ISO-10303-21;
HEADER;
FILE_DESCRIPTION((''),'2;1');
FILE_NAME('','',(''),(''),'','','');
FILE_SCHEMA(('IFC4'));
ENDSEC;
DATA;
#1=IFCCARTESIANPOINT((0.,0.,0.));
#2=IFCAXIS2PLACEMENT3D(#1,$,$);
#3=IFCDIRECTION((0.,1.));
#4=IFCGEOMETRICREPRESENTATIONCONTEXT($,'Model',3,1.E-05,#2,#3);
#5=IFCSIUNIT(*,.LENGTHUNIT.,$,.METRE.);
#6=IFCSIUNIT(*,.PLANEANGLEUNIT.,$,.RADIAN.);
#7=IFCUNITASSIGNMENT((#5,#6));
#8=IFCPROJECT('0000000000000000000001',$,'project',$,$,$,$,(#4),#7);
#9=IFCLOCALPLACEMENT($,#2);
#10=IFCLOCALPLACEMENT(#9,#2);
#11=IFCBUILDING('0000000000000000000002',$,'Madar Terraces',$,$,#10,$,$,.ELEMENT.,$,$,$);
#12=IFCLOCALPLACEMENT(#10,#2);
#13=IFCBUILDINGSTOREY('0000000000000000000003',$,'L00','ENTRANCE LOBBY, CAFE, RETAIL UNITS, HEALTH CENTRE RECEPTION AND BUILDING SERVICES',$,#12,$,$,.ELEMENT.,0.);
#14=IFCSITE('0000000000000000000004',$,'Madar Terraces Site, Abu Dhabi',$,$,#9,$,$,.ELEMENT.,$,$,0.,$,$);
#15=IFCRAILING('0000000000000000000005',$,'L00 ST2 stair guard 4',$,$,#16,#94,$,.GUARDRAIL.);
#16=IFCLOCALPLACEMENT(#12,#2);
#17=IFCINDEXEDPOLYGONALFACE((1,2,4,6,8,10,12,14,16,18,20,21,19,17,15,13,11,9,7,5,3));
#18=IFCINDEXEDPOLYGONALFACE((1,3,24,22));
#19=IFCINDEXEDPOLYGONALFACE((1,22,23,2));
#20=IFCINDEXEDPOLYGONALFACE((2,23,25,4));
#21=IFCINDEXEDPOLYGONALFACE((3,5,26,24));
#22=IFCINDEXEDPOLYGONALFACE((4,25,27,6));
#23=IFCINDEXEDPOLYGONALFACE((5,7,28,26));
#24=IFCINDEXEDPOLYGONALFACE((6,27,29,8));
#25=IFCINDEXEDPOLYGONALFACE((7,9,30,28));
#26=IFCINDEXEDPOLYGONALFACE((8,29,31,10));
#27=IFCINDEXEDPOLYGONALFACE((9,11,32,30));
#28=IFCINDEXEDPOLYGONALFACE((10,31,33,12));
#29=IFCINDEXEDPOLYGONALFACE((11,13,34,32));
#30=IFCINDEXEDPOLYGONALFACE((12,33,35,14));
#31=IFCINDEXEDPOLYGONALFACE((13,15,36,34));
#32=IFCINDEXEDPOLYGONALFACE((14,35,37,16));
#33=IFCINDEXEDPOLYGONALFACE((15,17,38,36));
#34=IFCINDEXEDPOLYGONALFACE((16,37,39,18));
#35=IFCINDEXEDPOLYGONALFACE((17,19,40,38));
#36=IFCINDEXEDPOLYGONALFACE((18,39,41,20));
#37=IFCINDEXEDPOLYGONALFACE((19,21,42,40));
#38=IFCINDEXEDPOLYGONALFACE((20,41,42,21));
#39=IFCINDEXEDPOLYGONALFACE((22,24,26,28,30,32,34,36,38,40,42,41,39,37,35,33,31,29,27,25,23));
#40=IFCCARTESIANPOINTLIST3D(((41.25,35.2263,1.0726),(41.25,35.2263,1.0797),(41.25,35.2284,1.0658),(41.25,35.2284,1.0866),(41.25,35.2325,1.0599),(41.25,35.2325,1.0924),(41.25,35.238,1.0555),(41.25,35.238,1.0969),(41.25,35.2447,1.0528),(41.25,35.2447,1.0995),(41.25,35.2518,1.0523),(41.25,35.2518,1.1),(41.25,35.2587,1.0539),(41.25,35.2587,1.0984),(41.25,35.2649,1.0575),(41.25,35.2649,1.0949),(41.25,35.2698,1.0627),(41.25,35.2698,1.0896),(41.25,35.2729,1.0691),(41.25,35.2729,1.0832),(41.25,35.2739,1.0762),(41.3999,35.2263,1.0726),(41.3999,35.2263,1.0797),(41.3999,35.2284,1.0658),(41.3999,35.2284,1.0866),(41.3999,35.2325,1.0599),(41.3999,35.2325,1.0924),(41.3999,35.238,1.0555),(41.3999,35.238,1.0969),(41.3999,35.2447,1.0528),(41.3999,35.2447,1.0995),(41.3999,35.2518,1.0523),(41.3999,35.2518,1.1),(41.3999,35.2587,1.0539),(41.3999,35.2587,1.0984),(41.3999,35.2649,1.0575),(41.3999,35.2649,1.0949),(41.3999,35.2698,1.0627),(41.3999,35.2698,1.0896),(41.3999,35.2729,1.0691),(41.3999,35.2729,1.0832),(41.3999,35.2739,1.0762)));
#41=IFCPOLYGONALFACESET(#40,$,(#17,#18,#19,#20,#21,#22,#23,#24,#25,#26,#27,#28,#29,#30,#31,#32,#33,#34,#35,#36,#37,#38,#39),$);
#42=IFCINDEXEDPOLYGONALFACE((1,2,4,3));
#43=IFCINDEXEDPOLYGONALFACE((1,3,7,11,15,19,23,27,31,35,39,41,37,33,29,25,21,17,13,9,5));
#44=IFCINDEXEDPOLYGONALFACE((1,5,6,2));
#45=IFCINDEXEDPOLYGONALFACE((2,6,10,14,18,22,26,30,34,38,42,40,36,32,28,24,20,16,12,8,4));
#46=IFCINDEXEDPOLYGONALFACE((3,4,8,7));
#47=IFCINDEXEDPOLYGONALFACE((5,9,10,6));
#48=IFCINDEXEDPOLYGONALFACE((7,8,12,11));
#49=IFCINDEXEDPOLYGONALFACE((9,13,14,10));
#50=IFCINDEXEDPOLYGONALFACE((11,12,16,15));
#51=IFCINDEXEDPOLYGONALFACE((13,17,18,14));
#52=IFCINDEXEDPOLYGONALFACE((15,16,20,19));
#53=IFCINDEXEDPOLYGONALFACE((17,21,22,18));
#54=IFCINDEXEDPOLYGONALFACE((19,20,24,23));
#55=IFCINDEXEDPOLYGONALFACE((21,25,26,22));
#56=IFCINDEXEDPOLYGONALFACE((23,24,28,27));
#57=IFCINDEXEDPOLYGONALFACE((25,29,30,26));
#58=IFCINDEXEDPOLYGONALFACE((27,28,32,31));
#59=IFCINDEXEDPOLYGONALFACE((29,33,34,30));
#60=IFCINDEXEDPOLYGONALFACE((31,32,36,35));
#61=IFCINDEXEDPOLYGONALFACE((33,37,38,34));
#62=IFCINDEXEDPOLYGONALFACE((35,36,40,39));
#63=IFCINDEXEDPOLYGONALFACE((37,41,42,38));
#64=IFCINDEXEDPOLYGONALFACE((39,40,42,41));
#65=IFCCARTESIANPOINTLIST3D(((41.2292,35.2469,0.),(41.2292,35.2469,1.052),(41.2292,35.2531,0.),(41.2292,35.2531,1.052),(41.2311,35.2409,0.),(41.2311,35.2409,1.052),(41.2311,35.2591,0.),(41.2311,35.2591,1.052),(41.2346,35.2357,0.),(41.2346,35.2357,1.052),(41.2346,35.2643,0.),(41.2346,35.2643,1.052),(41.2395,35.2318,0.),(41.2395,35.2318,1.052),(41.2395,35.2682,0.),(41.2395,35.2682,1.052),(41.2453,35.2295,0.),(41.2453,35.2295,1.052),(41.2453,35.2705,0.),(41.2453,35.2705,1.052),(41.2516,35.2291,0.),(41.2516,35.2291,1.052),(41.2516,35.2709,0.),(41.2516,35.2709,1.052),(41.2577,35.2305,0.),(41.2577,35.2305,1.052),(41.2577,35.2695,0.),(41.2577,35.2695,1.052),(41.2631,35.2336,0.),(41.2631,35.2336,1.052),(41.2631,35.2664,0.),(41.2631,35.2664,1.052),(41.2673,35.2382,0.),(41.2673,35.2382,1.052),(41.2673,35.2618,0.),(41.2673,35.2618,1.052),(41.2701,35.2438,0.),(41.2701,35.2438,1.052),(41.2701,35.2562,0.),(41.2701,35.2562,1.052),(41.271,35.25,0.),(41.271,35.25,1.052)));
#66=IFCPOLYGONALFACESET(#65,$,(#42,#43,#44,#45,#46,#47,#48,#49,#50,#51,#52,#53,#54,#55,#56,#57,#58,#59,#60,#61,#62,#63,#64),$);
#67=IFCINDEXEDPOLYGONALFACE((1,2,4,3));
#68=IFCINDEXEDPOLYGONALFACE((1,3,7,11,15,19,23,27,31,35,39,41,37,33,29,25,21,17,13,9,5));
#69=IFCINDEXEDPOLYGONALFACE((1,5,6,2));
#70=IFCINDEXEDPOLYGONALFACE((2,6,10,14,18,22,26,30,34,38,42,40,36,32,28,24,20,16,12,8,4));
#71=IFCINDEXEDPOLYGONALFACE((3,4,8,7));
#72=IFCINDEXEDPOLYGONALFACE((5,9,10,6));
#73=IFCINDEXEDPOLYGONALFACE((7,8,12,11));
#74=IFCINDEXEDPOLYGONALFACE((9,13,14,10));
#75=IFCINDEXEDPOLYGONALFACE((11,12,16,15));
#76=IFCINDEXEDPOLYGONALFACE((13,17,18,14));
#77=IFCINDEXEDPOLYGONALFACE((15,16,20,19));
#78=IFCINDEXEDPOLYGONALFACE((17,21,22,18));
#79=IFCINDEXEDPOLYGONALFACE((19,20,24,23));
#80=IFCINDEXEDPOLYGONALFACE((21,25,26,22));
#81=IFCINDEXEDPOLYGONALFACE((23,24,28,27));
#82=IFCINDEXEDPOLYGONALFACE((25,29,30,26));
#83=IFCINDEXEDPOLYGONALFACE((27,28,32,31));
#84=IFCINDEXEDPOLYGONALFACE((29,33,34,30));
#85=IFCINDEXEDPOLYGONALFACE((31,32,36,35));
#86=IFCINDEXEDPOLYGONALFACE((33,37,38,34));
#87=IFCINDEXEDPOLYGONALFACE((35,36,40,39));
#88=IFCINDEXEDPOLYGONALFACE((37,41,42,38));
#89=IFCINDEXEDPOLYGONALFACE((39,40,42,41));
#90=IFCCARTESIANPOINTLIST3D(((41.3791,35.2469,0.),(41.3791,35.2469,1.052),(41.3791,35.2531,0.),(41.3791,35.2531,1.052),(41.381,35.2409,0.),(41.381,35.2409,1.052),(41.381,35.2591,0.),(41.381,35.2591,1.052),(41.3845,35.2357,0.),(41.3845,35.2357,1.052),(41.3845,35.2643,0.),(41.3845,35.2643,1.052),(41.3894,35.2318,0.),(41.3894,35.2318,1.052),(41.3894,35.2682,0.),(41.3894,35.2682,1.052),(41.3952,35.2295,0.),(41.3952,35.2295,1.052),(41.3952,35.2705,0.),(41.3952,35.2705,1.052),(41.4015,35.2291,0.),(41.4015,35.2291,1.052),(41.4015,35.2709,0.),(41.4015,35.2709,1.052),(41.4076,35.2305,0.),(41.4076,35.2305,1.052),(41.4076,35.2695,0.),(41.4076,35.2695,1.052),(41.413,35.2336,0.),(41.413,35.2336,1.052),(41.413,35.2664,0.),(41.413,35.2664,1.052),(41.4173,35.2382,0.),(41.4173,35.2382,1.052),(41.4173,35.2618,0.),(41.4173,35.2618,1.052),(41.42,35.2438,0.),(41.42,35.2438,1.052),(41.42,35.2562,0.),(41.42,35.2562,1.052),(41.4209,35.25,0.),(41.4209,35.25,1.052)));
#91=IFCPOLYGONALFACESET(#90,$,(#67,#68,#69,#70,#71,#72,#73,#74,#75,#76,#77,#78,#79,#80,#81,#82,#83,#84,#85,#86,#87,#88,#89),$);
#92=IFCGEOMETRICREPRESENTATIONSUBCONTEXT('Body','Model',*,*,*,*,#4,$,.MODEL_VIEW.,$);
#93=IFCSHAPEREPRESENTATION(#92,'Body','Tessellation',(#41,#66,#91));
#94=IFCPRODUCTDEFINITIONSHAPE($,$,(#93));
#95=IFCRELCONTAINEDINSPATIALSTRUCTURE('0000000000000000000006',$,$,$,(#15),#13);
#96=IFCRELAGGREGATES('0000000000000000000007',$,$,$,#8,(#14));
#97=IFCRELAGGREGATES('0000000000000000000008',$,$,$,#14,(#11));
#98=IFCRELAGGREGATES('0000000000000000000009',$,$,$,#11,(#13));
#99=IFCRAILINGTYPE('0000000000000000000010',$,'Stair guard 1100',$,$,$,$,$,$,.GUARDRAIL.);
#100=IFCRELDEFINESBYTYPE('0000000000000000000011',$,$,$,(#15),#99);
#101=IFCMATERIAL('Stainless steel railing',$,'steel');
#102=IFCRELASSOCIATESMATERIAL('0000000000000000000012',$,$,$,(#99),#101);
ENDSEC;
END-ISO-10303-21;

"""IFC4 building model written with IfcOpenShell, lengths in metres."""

from ifc_helpers import new_model, si_unit, direction, frame, origin, origin_2d, place, context, subcontext, project, spatial, circle, extrude, material, type_object, element, save


model = new_model("IFC4")

# Units and contexts
model_context = context("Model", 3, precision=1e-05, world=origin(), true_north=direction((0.0, 1.0)))
body_context = subcontext(model_context, "Body", "Model", "MODEL_VIEW")
ifc_project = project(units=[si_unit("LENGTHUNIT", "METRE"), si_unit("PLANEANGLEUNIT", "RADIAN")], contexts=[model_context])

# Site, building, storey
site_placement = place(None, origin())
site = spatial("IfcSite", under=ifc_project, at=site_placement, Name="Madar Terraces Site, Abu Dhabi", CompositionType="ELEMENT", RefElevation=0.0)
building_placement = place(site_placement, origin())
building = spatial("IfcBuilding", under=site, at=building_placement, Name="Madar Terraces", CompositionType="ELEMENT")
storey_placement = place(building_placement, origin())
storey = spatial("IfcBuildingStorey", under=building, at=storey_placement, Name="L00", Description="ENTRANCE LOBBY, CAFE, RETAIL UNITS, HEALTH CENTRE RECEPTION AND BUILDING SERVICES", CompositionType="ELEMENT", Elevation=0.0)

# Railing
ifc_material_1 = material(Name="Stainless steel railing", Category="steel")
railing_type_1 = type_object("IfcRailingType", Name="Stair guard 1100", PredefinedType="GUARDRAIL", material=ifc_material_1)
railing_1_placement = place(storey_placement, frame((41.25, 35.25, 0.0)))
element("IfcRailing", 1, at=railing_1_placement, inside=storey, type_object=railing_type_1, Name="L00 ST2 stair guard 4", PredefinedType="GUARDRAIL", context=body_context, shape_type="SweptSolid", body=[
    extrude(circle(Radius=0.0239, at=origin_2d()), frame((0.0, 0.0, 1.0762), z_axis=(1.0, 0.0, 0.0), x_axis=(0.0, 1.0, 0.0)), (0.0, 0.0, 1.0), 0.1499),
    extrude(circle(Radius=0.021, at=origin_2d()), origin(), (0.0, 0.0, 1.0), 1.052),
    extrude(circle(Radius=0.021, at=origin_2d()), frame((0.1499, 0.0, 0.0)), (0.0, 0.0, 1.0), 1.052),
])

save(model, "model.ifc")
